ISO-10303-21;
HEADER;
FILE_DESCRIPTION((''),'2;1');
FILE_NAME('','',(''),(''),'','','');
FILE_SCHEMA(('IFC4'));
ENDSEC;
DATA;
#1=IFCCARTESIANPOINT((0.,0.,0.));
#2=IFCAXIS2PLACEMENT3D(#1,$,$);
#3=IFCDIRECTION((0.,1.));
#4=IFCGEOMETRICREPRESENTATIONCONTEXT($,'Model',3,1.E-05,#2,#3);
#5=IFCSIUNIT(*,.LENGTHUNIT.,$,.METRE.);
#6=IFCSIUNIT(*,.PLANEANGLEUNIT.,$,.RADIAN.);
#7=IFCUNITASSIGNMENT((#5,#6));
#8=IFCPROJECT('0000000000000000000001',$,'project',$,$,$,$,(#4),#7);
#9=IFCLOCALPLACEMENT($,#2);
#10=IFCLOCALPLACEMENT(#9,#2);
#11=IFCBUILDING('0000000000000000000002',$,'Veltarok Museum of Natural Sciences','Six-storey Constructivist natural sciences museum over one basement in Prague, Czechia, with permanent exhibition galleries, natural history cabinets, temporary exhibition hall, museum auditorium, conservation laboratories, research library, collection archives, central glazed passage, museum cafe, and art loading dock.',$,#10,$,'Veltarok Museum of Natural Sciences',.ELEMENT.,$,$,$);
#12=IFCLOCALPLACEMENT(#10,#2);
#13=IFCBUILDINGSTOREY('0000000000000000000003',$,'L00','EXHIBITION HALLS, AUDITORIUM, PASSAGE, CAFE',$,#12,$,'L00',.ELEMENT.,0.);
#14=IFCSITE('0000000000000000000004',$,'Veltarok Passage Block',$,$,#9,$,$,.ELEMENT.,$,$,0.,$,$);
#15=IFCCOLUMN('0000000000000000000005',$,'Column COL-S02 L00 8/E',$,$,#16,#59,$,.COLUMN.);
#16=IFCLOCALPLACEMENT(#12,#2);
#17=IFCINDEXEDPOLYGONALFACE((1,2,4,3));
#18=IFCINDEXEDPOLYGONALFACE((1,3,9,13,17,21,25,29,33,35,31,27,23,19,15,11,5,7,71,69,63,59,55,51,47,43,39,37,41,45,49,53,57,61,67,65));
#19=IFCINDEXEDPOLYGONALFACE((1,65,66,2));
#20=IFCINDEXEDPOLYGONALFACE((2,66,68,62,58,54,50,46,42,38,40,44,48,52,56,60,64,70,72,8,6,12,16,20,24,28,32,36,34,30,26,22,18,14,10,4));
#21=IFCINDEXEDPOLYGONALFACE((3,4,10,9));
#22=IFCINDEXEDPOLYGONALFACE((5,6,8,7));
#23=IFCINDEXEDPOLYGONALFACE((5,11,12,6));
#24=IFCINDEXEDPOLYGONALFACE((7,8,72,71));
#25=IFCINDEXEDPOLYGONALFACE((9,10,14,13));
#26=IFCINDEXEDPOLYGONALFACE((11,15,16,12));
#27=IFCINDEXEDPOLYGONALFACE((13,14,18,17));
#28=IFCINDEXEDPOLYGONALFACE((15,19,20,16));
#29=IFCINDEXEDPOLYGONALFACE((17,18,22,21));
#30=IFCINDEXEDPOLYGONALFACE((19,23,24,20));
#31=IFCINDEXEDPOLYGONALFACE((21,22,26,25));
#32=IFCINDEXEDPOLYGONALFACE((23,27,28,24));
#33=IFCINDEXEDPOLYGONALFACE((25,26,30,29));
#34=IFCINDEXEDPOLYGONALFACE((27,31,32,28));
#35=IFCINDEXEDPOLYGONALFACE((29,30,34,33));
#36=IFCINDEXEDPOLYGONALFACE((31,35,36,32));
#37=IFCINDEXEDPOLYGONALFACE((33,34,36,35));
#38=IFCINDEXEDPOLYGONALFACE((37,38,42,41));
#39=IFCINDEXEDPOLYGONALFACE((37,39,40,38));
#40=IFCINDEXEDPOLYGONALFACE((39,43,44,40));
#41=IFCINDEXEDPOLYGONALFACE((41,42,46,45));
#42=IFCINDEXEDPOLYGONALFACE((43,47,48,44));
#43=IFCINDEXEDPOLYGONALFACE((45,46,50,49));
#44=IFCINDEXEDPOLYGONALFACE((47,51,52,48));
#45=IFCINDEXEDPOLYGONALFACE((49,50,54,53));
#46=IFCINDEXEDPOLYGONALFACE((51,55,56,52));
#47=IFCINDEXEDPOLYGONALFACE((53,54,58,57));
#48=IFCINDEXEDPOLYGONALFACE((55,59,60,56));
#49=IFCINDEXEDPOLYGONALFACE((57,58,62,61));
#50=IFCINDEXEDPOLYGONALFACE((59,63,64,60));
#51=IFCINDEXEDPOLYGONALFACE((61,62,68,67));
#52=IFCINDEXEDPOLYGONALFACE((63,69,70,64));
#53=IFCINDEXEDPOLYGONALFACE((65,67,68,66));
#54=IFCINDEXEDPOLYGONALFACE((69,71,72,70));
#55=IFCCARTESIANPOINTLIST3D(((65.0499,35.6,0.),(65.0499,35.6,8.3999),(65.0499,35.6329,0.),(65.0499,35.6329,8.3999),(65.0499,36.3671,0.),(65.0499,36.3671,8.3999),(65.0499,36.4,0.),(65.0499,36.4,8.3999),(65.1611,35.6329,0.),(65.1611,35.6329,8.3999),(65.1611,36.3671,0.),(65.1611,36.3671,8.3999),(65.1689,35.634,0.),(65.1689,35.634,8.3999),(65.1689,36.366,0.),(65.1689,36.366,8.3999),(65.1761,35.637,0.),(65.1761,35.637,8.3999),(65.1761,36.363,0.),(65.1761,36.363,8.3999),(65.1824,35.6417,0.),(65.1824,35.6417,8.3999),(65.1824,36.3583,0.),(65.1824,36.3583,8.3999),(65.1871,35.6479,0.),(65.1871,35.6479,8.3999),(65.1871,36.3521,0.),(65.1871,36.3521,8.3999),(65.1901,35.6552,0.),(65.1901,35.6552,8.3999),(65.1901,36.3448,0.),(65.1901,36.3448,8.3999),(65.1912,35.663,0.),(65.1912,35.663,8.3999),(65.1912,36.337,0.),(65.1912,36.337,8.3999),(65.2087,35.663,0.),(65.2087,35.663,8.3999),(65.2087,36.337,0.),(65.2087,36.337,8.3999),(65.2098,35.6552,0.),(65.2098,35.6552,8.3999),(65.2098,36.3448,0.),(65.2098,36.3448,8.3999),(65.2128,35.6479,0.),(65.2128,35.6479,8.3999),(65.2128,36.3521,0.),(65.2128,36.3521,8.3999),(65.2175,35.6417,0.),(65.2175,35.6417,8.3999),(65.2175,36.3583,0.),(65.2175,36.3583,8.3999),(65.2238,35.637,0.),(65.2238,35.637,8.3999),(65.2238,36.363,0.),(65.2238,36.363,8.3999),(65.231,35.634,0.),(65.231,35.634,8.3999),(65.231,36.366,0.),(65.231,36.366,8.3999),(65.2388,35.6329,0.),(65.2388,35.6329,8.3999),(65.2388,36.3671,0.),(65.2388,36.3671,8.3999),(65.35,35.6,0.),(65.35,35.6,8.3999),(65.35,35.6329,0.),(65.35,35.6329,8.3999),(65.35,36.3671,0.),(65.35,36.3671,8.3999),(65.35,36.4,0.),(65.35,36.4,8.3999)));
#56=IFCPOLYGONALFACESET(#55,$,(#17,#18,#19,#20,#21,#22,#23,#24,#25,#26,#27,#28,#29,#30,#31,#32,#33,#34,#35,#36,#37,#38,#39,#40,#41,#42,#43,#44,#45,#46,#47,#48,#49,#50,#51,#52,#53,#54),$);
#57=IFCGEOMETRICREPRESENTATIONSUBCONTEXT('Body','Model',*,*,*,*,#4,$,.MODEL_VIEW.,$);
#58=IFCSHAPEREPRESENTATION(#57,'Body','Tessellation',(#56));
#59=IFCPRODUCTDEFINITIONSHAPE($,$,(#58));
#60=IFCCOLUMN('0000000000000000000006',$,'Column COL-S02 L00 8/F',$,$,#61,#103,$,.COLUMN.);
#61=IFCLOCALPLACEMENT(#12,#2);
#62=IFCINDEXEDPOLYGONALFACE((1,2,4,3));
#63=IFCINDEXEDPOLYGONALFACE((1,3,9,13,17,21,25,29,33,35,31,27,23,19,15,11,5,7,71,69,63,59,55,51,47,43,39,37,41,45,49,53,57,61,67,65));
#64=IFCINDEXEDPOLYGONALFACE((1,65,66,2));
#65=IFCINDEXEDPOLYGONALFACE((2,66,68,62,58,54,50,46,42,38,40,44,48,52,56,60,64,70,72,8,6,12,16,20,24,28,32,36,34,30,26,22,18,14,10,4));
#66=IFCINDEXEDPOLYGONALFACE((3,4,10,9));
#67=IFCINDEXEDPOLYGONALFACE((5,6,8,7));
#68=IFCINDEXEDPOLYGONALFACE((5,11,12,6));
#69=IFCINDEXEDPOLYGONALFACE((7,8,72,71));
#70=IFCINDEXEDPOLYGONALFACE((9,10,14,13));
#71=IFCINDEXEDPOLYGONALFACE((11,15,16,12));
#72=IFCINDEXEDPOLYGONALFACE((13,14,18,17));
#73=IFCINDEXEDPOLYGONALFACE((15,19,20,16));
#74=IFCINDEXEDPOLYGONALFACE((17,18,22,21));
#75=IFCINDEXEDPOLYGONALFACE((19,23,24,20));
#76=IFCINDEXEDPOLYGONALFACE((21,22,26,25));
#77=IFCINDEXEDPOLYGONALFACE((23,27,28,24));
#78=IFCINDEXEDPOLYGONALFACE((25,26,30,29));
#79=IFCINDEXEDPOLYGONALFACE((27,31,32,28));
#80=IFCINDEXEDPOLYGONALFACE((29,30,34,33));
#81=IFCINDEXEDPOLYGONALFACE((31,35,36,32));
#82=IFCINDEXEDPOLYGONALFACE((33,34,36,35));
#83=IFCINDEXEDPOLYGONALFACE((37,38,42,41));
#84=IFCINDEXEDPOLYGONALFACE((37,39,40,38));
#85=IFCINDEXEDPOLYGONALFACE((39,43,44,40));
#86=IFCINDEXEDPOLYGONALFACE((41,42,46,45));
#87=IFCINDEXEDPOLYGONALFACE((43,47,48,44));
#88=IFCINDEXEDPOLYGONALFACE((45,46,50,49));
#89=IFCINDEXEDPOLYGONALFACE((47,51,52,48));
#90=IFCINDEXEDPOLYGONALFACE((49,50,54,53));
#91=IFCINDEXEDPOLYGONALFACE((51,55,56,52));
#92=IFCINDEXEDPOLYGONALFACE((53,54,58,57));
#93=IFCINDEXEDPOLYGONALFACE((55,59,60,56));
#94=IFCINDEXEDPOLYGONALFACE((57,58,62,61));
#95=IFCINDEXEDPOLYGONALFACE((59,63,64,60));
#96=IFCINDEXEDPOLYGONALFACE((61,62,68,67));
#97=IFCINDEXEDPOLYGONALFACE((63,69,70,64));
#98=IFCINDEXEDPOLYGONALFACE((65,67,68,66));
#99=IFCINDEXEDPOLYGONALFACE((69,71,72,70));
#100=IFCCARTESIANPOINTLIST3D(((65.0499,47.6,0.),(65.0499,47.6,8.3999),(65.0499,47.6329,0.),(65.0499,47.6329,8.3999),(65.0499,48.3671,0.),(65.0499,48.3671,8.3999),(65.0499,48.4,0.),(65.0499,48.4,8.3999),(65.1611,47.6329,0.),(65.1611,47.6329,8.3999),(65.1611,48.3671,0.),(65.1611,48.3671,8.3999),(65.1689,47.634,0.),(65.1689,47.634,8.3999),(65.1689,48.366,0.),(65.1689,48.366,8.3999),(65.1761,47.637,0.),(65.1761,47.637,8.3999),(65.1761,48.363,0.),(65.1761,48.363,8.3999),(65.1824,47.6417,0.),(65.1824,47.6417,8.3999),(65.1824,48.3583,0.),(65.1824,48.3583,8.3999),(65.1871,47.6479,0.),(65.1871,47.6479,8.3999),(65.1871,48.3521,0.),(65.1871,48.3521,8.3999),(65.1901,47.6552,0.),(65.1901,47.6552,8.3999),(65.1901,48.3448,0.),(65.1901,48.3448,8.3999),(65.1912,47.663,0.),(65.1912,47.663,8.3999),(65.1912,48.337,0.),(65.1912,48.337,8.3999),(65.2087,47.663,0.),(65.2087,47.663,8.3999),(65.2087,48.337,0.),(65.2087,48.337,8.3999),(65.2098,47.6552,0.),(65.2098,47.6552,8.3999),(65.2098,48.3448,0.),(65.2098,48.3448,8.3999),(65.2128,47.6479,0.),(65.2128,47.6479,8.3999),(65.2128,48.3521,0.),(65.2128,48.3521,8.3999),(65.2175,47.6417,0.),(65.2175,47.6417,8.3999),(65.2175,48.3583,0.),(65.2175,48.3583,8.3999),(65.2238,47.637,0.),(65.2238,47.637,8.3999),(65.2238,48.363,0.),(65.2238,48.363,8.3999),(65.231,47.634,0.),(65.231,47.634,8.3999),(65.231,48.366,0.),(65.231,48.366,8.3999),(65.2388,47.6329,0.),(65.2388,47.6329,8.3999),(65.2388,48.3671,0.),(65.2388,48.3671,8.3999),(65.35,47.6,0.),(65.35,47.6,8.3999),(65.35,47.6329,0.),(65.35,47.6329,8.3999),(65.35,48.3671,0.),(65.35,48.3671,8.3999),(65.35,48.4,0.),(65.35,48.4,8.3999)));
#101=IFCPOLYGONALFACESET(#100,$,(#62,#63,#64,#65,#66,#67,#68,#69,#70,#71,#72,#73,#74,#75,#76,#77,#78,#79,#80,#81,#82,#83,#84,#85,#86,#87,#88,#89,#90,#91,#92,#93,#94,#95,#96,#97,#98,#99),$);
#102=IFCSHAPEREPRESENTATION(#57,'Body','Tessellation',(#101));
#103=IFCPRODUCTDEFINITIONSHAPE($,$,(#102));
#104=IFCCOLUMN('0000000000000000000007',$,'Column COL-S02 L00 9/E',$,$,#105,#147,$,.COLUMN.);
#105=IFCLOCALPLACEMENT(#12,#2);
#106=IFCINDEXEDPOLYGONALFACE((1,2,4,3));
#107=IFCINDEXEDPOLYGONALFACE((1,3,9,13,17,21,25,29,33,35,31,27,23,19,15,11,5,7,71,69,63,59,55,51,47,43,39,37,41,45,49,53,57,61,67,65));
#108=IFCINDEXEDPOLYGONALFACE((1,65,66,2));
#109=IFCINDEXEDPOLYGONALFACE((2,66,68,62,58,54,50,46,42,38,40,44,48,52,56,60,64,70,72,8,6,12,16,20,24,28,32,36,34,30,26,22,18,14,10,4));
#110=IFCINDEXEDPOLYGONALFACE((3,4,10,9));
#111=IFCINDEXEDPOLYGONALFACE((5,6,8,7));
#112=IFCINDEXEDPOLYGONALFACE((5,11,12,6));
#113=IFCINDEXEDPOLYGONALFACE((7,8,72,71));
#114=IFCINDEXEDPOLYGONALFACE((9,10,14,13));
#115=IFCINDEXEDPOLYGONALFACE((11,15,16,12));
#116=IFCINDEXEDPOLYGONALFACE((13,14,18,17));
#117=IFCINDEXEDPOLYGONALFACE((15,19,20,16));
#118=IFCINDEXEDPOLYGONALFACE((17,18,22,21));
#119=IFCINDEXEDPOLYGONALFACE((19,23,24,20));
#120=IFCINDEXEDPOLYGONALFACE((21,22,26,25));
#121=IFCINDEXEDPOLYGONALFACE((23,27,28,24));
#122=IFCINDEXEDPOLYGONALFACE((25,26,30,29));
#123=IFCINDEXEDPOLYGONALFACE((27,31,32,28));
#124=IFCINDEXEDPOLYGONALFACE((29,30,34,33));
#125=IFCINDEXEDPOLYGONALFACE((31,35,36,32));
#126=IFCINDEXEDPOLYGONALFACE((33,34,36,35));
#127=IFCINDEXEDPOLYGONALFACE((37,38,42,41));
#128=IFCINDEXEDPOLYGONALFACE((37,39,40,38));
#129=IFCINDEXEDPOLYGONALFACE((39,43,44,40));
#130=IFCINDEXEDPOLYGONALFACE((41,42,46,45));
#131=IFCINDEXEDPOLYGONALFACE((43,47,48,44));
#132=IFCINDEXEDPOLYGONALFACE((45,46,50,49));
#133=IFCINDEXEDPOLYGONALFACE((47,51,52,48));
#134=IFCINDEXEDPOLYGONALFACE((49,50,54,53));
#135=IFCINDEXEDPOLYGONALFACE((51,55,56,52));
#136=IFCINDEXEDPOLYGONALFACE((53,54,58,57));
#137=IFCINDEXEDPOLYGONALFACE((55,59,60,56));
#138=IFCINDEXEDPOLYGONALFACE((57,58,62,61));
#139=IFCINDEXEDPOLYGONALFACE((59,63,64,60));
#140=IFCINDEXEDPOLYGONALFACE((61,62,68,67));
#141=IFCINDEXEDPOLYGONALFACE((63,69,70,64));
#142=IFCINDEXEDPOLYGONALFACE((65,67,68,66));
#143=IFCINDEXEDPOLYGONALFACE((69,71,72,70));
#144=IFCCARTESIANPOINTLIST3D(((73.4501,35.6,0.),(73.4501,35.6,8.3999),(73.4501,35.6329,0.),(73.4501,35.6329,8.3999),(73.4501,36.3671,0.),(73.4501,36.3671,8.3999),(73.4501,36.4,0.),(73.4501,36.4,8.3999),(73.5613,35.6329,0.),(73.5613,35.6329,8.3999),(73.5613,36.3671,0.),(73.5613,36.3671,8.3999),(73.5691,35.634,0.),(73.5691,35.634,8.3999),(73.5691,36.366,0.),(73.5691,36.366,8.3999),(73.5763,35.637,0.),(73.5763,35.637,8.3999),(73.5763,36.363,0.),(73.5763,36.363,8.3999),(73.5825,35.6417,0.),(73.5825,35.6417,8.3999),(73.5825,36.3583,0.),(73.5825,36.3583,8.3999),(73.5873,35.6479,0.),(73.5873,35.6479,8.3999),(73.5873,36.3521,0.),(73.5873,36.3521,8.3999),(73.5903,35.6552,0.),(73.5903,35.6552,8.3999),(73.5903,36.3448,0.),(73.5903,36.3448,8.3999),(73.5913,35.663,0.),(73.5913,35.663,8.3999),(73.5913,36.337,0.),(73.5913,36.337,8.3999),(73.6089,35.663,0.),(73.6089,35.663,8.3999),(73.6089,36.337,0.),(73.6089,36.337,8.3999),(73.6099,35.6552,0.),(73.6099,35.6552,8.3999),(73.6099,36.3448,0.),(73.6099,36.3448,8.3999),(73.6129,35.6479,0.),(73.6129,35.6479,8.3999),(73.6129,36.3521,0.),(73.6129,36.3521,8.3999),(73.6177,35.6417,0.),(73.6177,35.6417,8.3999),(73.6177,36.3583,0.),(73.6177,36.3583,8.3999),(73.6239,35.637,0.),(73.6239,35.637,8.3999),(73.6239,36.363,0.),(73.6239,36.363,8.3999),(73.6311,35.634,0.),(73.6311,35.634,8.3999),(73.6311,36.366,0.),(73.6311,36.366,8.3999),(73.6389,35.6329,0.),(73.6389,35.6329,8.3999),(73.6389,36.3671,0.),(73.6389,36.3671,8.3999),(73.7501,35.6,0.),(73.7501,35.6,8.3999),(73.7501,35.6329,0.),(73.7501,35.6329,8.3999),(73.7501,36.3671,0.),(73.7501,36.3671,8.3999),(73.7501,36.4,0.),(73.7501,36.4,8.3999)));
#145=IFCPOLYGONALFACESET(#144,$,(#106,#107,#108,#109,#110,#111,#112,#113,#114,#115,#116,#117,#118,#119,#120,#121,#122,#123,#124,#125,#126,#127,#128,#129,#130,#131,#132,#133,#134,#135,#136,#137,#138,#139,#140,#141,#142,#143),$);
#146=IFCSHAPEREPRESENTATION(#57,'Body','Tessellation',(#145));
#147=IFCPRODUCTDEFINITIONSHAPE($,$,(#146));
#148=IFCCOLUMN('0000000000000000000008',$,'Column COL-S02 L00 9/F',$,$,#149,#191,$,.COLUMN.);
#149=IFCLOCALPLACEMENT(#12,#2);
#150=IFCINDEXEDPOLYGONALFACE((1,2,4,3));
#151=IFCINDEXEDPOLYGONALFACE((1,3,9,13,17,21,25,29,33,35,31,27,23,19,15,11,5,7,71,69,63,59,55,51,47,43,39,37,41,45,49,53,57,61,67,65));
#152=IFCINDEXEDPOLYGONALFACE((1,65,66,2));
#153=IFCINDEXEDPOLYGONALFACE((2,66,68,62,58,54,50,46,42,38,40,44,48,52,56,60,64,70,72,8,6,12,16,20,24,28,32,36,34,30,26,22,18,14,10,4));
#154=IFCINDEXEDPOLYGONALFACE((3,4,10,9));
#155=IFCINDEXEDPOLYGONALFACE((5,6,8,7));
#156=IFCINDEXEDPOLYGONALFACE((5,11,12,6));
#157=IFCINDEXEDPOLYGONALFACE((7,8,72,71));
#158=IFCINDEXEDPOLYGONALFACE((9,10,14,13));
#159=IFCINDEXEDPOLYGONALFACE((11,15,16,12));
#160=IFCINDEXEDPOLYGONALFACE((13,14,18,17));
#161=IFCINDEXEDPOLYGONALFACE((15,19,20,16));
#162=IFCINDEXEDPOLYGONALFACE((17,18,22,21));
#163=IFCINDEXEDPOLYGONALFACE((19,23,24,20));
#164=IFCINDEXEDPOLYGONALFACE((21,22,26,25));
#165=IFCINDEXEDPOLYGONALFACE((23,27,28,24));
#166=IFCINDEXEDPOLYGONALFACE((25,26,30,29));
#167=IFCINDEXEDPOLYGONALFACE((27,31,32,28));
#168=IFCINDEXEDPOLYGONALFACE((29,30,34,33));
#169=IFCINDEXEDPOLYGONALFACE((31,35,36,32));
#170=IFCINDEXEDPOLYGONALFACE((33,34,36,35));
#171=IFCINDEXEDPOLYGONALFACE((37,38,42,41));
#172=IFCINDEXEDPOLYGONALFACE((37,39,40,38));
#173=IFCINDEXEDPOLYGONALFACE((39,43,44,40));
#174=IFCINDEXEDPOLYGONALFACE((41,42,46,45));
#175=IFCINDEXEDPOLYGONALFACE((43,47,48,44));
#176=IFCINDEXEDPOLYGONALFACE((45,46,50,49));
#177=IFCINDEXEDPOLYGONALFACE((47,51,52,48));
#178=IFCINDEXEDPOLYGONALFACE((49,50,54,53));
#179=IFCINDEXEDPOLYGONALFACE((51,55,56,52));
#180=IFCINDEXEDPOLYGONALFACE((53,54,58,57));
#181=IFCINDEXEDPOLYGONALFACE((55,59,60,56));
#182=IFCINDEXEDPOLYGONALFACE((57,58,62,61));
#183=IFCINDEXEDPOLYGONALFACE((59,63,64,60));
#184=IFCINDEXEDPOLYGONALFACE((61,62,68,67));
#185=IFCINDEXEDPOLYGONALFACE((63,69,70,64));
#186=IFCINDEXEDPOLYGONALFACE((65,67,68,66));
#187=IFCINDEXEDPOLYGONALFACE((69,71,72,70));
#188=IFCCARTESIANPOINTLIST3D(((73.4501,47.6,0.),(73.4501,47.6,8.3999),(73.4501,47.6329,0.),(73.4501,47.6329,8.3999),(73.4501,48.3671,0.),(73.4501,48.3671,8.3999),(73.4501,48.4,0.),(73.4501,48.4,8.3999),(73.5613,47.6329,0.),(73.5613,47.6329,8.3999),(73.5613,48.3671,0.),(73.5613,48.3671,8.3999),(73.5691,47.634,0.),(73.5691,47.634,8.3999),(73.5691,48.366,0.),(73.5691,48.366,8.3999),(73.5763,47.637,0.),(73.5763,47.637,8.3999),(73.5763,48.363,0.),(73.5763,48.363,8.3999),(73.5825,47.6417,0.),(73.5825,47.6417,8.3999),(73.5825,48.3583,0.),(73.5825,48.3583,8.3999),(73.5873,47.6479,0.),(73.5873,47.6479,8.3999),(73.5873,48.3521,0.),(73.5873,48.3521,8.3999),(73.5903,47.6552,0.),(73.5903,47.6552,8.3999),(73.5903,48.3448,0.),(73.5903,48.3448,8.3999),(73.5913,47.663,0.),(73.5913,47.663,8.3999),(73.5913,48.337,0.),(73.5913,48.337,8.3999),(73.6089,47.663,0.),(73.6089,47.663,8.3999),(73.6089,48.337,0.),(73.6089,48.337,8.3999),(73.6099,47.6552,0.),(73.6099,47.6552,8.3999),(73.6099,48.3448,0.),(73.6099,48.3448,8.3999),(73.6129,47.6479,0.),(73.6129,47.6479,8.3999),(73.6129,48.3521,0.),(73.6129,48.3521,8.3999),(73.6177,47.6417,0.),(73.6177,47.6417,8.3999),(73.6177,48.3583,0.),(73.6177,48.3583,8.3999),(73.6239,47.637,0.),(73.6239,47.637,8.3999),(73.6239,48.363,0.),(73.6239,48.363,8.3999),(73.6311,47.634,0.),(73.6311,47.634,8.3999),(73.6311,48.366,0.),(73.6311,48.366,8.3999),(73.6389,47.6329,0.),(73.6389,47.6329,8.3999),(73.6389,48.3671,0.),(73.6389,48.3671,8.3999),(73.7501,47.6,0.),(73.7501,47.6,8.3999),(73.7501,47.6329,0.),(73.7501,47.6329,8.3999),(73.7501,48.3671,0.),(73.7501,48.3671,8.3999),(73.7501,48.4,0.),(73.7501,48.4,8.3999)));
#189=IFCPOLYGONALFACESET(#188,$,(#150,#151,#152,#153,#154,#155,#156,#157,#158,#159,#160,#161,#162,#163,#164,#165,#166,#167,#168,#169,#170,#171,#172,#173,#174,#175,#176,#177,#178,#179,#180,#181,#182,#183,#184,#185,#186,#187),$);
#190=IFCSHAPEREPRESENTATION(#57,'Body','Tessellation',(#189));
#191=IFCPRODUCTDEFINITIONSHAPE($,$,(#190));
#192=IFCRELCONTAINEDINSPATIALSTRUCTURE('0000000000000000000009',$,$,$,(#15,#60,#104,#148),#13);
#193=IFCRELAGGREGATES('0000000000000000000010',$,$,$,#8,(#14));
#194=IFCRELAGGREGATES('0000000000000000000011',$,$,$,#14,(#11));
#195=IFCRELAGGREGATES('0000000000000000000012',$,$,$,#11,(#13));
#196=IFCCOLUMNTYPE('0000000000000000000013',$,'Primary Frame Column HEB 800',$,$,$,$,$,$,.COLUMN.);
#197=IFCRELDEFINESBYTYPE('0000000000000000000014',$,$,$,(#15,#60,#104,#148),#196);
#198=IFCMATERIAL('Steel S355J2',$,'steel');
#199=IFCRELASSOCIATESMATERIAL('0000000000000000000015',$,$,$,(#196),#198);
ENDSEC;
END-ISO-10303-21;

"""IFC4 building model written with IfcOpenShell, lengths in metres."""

from ifc_helpers import new_model, si_unit, direction, frame, origin, origin_2d, place, context, subcontext, project, spatial, i_section, extrude, material, material_profile, profile_set, type_object, element, save


model = new_model("IFC4")

# Units and contexts
model_context = context("Model", 3, precision=1e-05, world=origin(), true_north=direction((0.0, 1.0)))
body_context = subcontext(model_context, "Body", "Model", "MODEL_VIEW")
ifc_project = project(units=[si_unit("LENGTHUNIT", "METRE"), si_unit("PLANEANGLEUNIT", "RADIAN")], contexts=[model_context])

# Site, building, storey
site_placement = place(None, origin())
site = spatial("IfcSite", under=ifc_project, at=site_placement, Name="Veltarok Passage Block", CompositionType="ELEMENT", RefElevation=0.0)
building_placement = place(site_placement, origin())
building = spatial("IfcBuilding", under=site, at=building_placement, Name="Veltarok Museum of Natural Sciences", Description="Six-storey Constructivist natural sciences museum over one basement in Prague, Czechia, with permanent exhibition galleries, natural history cabinets, temporary exhibition hall, museum auditorium, conservation laboratories, research library, collection archives, central glazed passage, museum cafe, and art loading dock.", LongName="Veltarok Museum of Natural Sciences", CompositionType="ELEMENT")
storey_placement = place(building_placement, origin())
storey = spatial("IfcBuildingStorey", under=building, at=storey_placement, Name="L00", Description="EXHIBITION HALLS, AUDITORIUM, PASSAGE, CAFE", LongName="L00", CompositionType="ELEMENT", Elevation=0.0)

# Columns
ifc_material_1 = material(Name="Steel S355J2", Category="steel")
ifc_material_profile_1 = material_profile(ifc_material_1, i_section(OverallWidth=0.3, OverallDepth=0.8, WebThickness=0.0176, FlangeThickness=0.033, FilletRadius=0.03, at=origin_2d()), Name="HEB 800")
ifc_profile_set_1 = profile_set([ifc_material_profile_1], Name="Steel S355J2")
column_type = type_object("IfcColumnType", Name="Primary Frame Column HEB 800", PredefinedType="COLUMN", material=ifc_profile_set_1)
for number, where, z_axis, x_axis, name in (
    (1, (65.2, 36.0, 0.0), (0.0, 0.0, 1.0), (1.0, 0.0, 0.0), "Column COL-S02 L00 8/E"),
    (2, (65.2, 48.0, 0.0), (0.0, 0.0, 1.0), (1.0, 0.0, 0.0), "Column COL-S02 L00 8/F"),
    (3, (73.6001, 36.0, 0.0), (0.0, 0.0, 1.0), (1.0, 0.0, 0.0), "Column COL-S02 L00 9/E"),
    (4, (73.6001, 48.0, 0.0), (0.0, 0.0, 1.0), (1.0, 0.0, 0.0), "Column COL-S02 L00 9/F"),
):
    element("IfcColumn", number, at=place(storey_placement, frame(where, z_axis=z_axis, x_axis=x_axis)), inside=storey, type_object=column_type, Name=name, PredefinedType="COLUMN", context=body_context, shape_type="SweptSolid", body=[
        extrude(i_section(OverallWidth=0.3, OverallDepth=0.8, WebThickness=0.0176, FlangeThickness=0.033, FilletRadius=0.03, at=origin_2d()), origin(), (0.0, 0.0, 1.0), 8.3999),
    ])

save(model, "model.ifc")
